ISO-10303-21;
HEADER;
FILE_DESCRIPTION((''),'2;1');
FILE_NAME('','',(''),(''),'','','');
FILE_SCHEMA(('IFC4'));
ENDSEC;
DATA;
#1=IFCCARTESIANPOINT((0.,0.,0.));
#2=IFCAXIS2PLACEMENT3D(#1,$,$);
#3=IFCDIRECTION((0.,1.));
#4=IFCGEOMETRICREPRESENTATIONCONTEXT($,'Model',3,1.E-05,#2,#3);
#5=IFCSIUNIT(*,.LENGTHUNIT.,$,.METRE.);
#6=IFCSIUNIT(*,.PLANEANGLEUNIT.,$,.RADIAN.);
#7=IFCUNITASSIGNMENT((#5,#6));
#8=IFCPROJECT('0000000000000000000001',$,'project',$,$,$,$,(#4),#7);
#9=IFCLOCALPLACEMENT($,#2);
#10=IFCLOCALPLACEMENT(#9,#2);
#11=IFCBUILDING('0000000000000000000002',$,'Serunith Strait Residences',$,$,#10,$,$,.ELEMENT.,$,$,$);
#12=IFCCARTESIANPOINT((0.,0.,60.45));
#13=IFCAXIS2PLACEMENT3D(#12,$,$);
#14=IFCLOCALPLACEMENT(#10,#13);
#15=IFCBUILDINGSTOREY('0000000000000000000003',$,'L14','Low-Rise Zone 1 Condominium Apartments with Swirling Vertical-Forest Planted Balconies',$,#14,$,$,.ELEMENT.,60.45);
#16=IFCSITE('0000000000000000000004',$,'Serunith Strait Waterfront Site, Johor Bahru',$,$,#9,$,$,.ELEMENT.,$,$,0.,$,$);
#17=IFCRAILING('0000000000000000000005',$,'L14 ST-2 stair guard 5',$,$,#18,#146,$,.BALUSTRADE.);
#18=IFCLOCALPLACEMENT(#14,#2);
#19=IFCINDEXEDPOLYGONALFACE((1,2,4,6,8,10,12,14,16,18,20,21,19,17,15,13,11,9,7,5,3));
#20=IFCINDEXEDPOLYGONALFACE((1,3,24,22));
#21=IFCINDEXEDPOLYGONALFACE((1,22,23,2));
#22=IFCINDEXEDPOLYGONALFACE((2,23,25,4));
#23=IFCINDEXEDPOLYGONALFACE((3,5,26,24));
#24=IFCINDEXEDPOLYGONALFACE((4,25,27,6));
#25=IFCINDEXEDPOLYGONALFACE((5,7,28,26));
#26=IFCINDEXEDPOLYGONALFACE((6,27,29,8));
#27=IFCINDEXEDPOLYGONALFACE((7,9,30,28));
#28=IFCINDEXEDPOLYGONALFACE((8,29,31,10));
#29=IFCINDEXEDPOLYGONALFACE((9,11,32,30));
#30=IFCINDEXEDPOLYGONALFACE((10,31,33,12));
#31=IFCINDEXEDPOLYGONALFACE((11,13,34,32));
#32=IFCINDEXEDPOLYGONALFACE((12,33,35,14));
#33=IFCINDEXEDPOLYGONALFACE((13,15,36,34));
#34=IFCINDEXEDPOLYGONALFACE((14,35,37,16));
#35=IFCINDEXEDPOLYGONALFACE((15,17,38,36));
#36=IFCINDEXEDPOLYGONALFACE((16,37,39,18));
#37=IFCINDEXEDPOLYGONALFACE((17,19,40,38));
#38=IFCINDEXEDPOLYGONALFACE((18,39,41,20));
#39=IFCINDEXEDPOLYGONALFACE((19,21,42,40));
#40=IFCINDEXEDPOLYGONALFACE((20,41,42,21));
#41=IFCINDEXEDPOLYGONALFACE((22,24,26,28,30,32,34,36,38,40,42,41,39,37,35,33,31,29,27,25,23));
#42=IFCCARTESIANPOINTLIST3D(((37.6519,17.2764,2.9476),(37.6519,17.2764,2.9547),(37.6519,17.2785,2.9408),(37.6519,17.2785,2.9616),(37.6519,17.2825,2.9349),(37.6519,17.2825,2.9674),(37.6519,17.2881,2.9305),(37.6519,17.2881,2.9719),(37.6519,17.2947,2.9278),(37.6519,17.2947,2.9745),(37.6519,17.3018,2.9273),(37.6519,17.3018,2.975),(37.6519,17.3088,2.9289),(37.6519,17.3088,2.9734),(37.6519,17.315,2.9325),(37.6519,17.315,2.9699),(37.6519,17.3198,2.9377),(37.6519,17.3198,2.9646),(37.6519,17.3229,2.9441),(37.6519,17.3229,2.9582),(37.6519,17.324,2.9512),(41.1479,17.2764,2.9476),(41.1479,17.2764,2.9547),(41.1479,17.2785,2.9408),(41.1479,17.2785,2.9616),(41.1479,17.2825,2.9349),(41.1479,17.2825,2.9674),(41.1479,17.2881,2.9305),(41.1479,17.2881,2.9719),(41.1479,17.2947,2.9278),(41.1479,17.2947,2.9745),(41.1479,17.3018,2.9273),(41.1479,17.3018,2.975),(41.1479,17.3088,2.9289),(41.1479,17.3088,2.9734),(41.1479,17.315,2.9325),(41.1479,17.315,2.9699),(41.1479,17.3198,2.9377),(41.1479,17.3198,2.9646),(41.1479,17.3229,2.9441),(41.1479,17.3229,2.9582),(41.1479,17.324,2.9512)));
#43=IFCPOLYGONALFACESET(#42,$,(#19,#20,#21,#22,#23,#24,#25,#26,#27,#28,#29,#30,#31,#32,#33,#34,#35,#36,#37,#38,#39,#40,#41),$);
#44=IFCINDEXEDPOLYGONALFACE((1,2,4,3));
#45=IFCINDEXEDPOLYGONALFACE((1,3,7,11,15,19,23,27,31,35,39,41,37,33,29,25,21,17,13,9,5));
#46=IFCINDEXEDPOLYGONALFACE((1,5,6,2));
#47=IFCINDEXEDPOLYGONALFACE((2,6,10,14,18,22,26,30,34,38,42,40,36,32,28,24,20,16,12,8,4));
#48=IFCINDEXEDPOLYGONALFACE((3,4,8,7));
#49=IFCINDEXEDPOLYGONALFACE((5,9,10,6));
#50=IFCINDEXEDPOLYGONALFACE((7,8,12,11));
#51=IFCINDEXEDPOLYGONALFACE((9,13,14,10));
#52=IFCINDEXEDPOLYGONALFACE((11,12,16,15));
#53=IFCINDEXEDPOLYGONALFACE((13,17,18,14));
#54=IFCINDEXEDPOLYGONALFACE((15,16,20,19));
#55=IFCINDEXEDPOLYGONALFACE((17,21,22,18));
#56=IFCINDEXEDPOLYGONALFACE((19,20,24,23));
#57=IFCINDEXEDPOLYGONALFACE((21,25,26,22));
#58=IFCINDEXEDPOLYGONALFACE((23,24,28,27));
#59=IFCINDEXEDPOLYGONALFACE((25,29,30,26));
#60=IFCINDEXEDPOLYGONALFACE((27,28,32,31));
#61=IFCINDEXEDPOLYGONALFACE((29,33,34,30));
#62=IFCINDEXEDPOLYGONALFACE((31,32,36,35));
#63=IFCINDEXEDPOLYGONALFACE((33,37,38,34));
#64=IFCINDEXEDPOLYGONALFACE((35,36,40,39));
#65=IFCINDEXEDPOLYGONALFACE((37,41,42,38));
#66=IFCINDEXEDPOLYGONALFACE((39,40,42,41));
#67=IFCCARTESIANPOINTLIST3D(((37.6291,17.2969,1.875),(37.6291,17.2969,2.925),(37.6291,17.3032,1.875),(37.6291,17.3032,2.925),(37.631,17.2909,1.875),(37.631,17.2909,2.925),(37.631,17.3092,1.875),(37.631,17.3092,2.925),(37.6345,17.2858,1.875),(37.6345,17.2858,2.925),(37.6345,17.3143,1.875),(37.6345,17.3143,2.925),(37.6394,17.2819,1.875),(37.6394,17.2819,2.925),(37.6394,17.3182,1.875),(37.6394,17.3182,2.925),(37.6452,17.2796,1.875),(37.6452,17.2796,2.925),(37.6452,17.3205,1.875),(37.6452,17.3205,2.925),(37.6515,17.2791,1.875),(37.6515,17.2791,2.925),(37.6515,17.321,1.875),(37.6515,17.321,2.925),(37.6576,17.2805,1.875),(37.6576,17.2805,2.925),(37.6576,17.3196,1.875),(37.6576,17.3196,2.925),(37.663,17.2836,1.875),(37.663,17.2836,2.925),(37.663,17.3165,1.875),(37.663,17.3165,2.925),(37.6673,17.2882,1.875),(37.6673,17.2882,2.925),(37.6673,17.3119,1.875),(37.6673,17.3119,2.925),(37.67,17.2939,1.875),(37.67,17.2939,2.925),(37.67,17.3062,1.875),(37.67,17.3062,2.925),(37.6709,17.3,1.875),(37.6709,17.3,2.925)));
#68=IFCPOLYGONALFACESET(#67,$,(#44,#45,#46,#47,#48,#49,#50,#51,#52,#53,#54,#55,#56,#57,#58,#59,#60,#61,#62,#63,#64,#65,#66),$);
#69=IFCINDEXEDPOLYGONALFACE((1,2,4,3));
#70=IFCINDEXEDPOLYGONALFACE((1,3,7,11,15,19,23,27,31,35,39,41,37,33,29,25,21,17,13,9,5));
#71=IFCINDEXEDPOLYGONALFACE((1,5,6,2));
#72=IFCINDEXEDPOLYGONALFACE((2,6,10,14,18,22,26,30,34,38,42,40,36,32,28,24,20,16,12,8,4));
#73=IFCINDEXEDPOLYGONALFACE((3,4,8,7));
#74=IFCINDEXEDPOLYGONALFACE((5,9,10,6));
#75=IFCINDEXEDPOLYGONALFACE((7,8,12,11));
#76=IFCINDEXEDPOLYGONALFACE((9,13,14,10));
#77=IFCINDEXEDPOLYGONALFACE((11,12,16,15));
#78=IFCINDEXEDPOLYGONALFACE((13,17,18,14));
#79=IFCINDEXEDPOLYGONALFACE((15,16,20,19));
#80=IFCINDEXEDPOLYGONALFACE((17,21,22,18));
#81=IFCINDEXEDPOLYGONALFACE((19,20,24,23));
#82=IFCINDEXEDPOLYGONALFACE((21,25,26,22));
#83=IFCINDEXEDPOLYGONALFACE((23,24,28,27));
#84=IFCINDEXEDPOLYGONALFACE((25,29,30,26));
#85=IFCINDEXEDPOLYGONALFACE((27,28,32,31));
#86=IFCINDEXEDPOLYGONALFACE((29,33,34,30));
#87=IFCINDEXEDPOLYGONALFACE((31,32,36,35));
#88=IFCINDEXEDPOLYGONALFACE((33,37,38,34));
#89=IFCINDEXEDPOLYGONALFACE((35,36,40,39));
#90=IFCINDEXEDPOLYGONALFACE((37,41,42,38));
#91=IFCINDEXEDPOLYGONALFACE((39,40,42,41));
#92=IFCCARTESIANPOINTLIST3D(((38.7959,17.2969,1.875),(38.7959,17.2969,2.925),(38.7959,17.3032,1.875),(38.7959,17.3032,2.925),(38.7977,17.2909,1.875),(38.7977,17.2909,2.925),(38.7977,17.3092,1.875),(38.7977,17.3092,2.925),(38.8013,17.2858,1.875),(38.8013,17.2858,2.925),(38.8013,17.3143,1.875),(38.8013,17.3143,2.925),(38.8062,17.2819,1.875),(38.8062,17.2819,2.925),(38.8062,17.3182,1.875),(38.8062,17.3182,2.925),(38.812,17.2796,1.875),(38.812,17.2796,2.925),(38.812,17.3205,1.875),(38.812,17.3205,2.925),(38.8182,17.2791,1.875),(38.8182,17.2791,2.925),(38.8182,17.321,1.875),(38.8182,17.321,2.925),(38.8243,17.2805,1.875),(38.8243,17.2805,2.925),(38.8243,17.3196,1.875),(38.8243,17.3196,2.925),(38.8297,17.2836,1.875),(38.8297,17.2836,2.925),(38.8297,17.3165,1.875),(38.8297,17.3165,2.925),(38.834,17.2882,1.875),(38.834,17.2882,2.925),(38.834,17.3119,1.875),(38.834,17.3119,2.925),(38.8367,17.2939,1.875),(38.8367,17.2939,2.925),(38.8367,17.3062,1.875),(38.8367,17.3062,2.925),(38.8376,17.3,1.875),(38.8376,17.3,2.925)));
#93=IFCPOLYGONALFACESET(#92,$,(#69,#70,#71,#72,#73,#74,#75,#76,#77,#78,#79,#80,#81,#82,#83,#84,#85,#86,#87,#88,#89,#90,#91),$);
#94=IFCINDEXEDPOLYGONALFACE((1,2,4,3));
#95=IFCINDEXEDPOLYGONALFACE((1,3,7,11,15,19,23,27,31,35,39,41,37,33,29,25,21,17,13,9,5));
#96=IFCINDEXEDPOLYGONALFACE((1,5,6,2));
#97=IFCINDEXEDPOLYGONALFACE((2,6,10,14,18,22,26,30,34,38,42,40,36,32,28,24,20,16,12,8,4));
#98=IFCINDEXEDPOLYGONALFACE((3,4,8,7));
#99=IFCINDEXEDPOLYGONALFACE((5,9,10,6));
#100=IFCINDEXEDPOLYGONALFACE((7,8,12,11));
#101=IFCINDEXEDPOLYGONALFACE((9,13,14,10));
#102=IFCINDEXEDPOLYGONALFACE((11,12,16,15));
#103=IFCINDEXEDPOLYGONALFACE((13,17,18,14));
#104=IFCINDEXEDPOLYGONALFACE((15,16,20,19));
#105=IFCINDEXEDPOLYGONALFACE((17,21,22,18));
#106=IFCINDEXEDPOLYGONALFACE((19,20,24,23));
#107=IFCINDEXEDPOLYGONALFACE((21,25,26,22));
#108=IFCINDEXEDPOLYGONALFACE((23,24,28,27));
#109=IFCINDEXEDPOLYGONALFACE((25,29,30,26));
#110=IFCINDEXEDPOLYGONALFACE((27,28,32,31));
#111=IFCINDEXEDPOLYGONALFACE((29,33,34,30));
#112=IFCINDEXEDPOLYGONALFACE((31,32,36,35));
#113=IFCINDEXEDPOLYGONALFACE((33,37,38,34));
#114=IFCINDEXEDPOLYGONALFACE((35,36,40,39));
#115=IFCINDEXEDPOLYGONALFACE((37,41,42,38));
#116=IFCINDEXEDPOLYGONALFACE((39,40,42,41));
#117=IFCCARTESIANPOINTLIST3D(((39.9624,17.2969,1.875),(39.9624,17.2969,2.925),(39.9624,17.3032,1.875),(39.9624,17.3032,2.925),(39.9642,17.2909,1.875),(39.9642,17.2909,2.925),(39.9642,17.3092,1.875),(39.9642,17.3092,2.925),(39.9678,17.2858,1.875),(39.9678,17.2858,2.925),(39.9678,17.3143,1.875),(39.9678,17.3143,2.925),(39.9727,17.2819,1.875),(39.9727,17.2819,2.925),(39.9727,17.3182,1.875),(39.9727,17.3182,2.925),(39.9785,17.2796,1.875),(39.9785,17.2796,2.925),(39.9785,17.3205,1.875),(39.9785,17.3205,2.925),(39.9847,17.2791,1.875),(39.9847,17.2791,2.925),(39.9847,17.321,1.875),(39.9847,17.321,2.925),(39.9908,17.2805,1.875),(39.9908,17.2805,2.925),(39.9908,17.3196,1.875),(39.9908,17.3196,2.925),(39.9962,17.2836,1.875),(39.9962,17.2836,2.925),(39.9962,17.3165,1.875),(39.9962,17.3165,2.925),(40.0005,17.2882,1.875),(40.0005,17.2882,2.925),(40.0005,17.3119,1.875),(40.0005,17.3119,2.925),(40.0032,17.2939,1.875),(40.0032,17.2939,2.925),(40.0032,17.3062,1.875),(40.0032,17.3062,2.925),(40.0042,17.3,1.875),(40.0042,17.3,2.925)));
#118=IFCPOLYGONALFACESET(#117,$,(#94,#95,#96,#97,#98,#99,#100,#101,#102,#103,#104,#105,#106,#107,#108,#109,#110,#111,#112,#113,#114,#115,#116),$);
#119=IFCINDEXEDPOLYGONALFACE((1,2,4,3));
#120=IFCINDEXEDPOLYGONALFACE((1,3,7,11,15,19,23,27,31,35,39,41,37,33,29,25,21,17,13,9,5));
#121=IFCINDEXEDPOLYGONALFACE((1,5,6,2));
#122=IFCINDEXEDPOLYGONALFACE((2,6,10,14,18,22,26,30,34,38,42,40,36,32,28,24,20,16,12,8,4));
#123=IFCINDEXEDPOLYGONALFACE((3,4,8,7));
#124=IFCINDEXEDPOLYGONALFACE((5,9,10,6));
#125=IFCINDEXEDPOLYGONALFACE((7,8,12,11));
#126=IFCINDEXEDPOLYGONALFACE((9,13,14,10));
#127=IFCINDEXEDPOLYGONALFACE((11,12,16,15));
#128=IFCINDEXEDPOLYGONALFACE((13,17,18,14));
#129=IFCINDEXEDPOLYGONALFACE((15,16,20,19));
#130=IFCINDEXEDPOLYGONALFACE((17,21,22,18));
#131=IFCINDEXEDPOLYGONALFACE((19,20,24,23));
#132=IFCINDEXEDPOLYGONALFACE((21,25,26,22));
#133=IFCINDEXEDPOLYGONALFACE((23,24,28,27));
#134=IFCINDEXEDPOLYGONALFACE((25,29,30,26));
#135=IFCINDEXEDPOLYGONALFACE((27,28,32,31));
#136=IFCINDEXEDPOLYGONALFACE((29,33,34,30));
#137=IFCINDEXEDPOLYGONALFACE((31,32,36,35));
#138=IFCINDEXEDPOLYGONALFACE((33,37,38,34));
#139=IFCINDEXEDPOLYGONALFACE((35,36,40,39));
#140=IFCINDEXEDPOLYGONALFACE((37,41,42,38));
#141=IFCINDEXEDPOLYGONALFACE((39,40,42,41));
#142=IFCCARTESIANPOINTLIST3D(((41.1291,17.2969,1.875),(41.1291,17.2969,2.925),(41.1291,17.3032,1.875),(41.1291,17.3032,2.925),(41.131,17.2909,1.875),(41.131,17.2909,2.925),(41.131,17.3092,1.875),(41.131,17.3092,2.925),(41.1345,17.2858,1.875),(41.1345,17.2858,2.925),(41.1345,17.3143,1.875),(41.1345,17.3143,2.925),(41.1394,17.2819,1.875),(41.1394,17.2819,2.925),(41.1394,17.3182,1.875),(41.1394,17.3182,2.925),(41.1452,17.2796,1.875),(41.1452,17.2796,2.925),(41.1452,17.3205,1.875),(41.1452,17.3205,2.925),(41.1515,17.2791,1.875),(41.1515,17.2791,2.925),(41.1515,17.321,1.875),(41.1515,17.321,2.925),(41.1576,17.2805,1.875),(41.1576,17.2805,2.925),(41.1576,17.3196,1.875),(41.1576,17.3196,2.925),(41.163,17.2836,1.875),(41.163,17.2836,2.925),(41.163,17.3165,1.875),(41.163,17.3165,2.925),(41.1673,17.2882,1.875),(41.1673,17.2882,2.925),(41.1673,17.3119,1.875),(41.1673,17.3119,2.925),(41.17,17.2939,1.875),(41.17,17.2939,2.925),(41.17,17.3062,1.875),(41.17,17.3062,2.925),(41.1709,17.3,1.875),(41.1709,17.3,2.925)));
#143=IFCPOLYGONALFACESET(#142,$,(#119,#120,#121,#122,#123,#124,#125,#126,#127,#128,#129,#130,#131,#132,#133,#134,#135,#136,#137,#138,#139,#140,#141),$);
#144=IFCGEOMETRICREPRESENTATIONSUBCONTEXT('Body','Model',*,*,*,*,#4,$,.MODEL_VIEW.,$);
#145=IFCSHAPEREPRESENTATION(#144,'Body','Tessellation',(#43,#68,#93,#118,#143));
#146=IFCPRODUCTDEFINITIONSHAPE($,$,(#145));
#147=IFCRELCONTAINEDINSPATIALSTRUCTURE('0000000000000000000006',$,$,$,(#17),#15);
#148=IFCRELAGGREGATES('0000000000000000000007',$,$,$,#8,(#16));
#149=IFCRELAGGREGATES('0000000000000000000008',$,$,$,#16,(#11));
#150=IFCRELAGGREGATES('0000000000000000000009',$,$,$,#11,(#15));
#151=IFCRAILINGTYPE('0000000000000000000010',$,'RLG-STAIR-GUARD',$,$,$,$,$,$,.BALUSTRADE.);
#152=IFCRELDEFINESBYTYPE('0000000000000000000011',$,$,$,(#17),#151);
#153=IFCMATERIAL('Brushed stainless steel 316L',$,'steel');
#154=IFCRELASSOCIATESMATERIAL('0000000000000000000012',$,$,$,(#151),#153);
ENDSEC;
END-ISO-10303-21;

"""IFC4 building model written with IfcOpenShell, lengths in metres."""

from ifc_helpers import new_model, si_unit, direction, frame, origin, origin_2d, place, context, subcontext, project, spatial, circle, extrude, material, type_object, element, save


model = new_model("IFC4")

# Units and contexts
model_context = context("Model", 3, precision=1e-05, world=origin(), true_north=direction((0.0, 1.0)))
body_context = subcontext(model_context, "Body", "Model", "MODEL_VIEW")
ifc_project = project(units=[si_unit("LENGTHUNIT", "METRE"), si_unit("PLANEANGLEUNIT", "RADIAN")], contexts=[model_context])

# Site, building, storey
site_placement = place(None, origin())
site = spatial("IfcSite", under=ifc_project, at=site_placement, Name="Serunith Strait Waterfront Site, Johor Bahru", CompositionType="ELEMENT", RefElevation=0.0)
building_placement = place(site_placement, origin())
building = spatial("IfcBuilding", under=site, at=building_placement, Name="Serunith Strait Residences", CompositionType="ELEMENT")
storey_placement = place(building_placement, frame((0.0, 0.0, 60.45)))
storey = spatial("IfcBuildingStorey", under=building, at=storey_placement, Name="L14", Description="Low-Rise Zone 1 Condominium Apartments with Swirling Vertical-Forest Planted Balconies", CompositionType="ELEMENT", Elevation=60.45)

# Railing
ifc_material_1 = material(Name="Brushed stainless steel 316L", Category="steel")
railing_type_1 = type_object("IfcRailingType", Name="RLG-STAIR-GUARD", PredefinedType="BALUSTRADE", material=ifc_material_1)
railing_1_placement = place(storey_placement, frame((37.6499, 17.3, 1.875)))
element("IfcRailing", 1, at=railing_1_placement, inside=storey, type_object=railing_type_1, Name="L14 ST-2 stair guard 5", PredefinedType="BALUSTRADE", context=body_context, shape_type="SweptSolid", body=[
    extrude(circle(Radius=0.0239, at=origin_2d()), frame((0.002, 0.0, 1.0762), z_axis=(1.0, 0.0, 0.0), x_axis=(0.0, 1.0, 0.0)), (0.0, 0.0, 1.0), 3.4961),
    extrude(circle(Radius=0.021, at=origin_2d()), origin(), (0.0, 0.0, 1.0), 1.05),
    extrude(circle(Radius=0.021, at=origin_2d()), frame((1.1667, 0.0, 0.0)), (0.0, 0.0, 1.0), 1.05),
    extrude(circle(Radius=0.021, at=origin_2d()), frame((2.3333, 0.0, 0.0)), (0.0, 0.0, 1.0), 1.05),
    extrude(circle(Radius=0.021, at=origin_2d()), frame((3.5, 0.0, 0.0)), (0.0, 0.0, 1.0), 1.05),
])

save(model, "model.ifc")
